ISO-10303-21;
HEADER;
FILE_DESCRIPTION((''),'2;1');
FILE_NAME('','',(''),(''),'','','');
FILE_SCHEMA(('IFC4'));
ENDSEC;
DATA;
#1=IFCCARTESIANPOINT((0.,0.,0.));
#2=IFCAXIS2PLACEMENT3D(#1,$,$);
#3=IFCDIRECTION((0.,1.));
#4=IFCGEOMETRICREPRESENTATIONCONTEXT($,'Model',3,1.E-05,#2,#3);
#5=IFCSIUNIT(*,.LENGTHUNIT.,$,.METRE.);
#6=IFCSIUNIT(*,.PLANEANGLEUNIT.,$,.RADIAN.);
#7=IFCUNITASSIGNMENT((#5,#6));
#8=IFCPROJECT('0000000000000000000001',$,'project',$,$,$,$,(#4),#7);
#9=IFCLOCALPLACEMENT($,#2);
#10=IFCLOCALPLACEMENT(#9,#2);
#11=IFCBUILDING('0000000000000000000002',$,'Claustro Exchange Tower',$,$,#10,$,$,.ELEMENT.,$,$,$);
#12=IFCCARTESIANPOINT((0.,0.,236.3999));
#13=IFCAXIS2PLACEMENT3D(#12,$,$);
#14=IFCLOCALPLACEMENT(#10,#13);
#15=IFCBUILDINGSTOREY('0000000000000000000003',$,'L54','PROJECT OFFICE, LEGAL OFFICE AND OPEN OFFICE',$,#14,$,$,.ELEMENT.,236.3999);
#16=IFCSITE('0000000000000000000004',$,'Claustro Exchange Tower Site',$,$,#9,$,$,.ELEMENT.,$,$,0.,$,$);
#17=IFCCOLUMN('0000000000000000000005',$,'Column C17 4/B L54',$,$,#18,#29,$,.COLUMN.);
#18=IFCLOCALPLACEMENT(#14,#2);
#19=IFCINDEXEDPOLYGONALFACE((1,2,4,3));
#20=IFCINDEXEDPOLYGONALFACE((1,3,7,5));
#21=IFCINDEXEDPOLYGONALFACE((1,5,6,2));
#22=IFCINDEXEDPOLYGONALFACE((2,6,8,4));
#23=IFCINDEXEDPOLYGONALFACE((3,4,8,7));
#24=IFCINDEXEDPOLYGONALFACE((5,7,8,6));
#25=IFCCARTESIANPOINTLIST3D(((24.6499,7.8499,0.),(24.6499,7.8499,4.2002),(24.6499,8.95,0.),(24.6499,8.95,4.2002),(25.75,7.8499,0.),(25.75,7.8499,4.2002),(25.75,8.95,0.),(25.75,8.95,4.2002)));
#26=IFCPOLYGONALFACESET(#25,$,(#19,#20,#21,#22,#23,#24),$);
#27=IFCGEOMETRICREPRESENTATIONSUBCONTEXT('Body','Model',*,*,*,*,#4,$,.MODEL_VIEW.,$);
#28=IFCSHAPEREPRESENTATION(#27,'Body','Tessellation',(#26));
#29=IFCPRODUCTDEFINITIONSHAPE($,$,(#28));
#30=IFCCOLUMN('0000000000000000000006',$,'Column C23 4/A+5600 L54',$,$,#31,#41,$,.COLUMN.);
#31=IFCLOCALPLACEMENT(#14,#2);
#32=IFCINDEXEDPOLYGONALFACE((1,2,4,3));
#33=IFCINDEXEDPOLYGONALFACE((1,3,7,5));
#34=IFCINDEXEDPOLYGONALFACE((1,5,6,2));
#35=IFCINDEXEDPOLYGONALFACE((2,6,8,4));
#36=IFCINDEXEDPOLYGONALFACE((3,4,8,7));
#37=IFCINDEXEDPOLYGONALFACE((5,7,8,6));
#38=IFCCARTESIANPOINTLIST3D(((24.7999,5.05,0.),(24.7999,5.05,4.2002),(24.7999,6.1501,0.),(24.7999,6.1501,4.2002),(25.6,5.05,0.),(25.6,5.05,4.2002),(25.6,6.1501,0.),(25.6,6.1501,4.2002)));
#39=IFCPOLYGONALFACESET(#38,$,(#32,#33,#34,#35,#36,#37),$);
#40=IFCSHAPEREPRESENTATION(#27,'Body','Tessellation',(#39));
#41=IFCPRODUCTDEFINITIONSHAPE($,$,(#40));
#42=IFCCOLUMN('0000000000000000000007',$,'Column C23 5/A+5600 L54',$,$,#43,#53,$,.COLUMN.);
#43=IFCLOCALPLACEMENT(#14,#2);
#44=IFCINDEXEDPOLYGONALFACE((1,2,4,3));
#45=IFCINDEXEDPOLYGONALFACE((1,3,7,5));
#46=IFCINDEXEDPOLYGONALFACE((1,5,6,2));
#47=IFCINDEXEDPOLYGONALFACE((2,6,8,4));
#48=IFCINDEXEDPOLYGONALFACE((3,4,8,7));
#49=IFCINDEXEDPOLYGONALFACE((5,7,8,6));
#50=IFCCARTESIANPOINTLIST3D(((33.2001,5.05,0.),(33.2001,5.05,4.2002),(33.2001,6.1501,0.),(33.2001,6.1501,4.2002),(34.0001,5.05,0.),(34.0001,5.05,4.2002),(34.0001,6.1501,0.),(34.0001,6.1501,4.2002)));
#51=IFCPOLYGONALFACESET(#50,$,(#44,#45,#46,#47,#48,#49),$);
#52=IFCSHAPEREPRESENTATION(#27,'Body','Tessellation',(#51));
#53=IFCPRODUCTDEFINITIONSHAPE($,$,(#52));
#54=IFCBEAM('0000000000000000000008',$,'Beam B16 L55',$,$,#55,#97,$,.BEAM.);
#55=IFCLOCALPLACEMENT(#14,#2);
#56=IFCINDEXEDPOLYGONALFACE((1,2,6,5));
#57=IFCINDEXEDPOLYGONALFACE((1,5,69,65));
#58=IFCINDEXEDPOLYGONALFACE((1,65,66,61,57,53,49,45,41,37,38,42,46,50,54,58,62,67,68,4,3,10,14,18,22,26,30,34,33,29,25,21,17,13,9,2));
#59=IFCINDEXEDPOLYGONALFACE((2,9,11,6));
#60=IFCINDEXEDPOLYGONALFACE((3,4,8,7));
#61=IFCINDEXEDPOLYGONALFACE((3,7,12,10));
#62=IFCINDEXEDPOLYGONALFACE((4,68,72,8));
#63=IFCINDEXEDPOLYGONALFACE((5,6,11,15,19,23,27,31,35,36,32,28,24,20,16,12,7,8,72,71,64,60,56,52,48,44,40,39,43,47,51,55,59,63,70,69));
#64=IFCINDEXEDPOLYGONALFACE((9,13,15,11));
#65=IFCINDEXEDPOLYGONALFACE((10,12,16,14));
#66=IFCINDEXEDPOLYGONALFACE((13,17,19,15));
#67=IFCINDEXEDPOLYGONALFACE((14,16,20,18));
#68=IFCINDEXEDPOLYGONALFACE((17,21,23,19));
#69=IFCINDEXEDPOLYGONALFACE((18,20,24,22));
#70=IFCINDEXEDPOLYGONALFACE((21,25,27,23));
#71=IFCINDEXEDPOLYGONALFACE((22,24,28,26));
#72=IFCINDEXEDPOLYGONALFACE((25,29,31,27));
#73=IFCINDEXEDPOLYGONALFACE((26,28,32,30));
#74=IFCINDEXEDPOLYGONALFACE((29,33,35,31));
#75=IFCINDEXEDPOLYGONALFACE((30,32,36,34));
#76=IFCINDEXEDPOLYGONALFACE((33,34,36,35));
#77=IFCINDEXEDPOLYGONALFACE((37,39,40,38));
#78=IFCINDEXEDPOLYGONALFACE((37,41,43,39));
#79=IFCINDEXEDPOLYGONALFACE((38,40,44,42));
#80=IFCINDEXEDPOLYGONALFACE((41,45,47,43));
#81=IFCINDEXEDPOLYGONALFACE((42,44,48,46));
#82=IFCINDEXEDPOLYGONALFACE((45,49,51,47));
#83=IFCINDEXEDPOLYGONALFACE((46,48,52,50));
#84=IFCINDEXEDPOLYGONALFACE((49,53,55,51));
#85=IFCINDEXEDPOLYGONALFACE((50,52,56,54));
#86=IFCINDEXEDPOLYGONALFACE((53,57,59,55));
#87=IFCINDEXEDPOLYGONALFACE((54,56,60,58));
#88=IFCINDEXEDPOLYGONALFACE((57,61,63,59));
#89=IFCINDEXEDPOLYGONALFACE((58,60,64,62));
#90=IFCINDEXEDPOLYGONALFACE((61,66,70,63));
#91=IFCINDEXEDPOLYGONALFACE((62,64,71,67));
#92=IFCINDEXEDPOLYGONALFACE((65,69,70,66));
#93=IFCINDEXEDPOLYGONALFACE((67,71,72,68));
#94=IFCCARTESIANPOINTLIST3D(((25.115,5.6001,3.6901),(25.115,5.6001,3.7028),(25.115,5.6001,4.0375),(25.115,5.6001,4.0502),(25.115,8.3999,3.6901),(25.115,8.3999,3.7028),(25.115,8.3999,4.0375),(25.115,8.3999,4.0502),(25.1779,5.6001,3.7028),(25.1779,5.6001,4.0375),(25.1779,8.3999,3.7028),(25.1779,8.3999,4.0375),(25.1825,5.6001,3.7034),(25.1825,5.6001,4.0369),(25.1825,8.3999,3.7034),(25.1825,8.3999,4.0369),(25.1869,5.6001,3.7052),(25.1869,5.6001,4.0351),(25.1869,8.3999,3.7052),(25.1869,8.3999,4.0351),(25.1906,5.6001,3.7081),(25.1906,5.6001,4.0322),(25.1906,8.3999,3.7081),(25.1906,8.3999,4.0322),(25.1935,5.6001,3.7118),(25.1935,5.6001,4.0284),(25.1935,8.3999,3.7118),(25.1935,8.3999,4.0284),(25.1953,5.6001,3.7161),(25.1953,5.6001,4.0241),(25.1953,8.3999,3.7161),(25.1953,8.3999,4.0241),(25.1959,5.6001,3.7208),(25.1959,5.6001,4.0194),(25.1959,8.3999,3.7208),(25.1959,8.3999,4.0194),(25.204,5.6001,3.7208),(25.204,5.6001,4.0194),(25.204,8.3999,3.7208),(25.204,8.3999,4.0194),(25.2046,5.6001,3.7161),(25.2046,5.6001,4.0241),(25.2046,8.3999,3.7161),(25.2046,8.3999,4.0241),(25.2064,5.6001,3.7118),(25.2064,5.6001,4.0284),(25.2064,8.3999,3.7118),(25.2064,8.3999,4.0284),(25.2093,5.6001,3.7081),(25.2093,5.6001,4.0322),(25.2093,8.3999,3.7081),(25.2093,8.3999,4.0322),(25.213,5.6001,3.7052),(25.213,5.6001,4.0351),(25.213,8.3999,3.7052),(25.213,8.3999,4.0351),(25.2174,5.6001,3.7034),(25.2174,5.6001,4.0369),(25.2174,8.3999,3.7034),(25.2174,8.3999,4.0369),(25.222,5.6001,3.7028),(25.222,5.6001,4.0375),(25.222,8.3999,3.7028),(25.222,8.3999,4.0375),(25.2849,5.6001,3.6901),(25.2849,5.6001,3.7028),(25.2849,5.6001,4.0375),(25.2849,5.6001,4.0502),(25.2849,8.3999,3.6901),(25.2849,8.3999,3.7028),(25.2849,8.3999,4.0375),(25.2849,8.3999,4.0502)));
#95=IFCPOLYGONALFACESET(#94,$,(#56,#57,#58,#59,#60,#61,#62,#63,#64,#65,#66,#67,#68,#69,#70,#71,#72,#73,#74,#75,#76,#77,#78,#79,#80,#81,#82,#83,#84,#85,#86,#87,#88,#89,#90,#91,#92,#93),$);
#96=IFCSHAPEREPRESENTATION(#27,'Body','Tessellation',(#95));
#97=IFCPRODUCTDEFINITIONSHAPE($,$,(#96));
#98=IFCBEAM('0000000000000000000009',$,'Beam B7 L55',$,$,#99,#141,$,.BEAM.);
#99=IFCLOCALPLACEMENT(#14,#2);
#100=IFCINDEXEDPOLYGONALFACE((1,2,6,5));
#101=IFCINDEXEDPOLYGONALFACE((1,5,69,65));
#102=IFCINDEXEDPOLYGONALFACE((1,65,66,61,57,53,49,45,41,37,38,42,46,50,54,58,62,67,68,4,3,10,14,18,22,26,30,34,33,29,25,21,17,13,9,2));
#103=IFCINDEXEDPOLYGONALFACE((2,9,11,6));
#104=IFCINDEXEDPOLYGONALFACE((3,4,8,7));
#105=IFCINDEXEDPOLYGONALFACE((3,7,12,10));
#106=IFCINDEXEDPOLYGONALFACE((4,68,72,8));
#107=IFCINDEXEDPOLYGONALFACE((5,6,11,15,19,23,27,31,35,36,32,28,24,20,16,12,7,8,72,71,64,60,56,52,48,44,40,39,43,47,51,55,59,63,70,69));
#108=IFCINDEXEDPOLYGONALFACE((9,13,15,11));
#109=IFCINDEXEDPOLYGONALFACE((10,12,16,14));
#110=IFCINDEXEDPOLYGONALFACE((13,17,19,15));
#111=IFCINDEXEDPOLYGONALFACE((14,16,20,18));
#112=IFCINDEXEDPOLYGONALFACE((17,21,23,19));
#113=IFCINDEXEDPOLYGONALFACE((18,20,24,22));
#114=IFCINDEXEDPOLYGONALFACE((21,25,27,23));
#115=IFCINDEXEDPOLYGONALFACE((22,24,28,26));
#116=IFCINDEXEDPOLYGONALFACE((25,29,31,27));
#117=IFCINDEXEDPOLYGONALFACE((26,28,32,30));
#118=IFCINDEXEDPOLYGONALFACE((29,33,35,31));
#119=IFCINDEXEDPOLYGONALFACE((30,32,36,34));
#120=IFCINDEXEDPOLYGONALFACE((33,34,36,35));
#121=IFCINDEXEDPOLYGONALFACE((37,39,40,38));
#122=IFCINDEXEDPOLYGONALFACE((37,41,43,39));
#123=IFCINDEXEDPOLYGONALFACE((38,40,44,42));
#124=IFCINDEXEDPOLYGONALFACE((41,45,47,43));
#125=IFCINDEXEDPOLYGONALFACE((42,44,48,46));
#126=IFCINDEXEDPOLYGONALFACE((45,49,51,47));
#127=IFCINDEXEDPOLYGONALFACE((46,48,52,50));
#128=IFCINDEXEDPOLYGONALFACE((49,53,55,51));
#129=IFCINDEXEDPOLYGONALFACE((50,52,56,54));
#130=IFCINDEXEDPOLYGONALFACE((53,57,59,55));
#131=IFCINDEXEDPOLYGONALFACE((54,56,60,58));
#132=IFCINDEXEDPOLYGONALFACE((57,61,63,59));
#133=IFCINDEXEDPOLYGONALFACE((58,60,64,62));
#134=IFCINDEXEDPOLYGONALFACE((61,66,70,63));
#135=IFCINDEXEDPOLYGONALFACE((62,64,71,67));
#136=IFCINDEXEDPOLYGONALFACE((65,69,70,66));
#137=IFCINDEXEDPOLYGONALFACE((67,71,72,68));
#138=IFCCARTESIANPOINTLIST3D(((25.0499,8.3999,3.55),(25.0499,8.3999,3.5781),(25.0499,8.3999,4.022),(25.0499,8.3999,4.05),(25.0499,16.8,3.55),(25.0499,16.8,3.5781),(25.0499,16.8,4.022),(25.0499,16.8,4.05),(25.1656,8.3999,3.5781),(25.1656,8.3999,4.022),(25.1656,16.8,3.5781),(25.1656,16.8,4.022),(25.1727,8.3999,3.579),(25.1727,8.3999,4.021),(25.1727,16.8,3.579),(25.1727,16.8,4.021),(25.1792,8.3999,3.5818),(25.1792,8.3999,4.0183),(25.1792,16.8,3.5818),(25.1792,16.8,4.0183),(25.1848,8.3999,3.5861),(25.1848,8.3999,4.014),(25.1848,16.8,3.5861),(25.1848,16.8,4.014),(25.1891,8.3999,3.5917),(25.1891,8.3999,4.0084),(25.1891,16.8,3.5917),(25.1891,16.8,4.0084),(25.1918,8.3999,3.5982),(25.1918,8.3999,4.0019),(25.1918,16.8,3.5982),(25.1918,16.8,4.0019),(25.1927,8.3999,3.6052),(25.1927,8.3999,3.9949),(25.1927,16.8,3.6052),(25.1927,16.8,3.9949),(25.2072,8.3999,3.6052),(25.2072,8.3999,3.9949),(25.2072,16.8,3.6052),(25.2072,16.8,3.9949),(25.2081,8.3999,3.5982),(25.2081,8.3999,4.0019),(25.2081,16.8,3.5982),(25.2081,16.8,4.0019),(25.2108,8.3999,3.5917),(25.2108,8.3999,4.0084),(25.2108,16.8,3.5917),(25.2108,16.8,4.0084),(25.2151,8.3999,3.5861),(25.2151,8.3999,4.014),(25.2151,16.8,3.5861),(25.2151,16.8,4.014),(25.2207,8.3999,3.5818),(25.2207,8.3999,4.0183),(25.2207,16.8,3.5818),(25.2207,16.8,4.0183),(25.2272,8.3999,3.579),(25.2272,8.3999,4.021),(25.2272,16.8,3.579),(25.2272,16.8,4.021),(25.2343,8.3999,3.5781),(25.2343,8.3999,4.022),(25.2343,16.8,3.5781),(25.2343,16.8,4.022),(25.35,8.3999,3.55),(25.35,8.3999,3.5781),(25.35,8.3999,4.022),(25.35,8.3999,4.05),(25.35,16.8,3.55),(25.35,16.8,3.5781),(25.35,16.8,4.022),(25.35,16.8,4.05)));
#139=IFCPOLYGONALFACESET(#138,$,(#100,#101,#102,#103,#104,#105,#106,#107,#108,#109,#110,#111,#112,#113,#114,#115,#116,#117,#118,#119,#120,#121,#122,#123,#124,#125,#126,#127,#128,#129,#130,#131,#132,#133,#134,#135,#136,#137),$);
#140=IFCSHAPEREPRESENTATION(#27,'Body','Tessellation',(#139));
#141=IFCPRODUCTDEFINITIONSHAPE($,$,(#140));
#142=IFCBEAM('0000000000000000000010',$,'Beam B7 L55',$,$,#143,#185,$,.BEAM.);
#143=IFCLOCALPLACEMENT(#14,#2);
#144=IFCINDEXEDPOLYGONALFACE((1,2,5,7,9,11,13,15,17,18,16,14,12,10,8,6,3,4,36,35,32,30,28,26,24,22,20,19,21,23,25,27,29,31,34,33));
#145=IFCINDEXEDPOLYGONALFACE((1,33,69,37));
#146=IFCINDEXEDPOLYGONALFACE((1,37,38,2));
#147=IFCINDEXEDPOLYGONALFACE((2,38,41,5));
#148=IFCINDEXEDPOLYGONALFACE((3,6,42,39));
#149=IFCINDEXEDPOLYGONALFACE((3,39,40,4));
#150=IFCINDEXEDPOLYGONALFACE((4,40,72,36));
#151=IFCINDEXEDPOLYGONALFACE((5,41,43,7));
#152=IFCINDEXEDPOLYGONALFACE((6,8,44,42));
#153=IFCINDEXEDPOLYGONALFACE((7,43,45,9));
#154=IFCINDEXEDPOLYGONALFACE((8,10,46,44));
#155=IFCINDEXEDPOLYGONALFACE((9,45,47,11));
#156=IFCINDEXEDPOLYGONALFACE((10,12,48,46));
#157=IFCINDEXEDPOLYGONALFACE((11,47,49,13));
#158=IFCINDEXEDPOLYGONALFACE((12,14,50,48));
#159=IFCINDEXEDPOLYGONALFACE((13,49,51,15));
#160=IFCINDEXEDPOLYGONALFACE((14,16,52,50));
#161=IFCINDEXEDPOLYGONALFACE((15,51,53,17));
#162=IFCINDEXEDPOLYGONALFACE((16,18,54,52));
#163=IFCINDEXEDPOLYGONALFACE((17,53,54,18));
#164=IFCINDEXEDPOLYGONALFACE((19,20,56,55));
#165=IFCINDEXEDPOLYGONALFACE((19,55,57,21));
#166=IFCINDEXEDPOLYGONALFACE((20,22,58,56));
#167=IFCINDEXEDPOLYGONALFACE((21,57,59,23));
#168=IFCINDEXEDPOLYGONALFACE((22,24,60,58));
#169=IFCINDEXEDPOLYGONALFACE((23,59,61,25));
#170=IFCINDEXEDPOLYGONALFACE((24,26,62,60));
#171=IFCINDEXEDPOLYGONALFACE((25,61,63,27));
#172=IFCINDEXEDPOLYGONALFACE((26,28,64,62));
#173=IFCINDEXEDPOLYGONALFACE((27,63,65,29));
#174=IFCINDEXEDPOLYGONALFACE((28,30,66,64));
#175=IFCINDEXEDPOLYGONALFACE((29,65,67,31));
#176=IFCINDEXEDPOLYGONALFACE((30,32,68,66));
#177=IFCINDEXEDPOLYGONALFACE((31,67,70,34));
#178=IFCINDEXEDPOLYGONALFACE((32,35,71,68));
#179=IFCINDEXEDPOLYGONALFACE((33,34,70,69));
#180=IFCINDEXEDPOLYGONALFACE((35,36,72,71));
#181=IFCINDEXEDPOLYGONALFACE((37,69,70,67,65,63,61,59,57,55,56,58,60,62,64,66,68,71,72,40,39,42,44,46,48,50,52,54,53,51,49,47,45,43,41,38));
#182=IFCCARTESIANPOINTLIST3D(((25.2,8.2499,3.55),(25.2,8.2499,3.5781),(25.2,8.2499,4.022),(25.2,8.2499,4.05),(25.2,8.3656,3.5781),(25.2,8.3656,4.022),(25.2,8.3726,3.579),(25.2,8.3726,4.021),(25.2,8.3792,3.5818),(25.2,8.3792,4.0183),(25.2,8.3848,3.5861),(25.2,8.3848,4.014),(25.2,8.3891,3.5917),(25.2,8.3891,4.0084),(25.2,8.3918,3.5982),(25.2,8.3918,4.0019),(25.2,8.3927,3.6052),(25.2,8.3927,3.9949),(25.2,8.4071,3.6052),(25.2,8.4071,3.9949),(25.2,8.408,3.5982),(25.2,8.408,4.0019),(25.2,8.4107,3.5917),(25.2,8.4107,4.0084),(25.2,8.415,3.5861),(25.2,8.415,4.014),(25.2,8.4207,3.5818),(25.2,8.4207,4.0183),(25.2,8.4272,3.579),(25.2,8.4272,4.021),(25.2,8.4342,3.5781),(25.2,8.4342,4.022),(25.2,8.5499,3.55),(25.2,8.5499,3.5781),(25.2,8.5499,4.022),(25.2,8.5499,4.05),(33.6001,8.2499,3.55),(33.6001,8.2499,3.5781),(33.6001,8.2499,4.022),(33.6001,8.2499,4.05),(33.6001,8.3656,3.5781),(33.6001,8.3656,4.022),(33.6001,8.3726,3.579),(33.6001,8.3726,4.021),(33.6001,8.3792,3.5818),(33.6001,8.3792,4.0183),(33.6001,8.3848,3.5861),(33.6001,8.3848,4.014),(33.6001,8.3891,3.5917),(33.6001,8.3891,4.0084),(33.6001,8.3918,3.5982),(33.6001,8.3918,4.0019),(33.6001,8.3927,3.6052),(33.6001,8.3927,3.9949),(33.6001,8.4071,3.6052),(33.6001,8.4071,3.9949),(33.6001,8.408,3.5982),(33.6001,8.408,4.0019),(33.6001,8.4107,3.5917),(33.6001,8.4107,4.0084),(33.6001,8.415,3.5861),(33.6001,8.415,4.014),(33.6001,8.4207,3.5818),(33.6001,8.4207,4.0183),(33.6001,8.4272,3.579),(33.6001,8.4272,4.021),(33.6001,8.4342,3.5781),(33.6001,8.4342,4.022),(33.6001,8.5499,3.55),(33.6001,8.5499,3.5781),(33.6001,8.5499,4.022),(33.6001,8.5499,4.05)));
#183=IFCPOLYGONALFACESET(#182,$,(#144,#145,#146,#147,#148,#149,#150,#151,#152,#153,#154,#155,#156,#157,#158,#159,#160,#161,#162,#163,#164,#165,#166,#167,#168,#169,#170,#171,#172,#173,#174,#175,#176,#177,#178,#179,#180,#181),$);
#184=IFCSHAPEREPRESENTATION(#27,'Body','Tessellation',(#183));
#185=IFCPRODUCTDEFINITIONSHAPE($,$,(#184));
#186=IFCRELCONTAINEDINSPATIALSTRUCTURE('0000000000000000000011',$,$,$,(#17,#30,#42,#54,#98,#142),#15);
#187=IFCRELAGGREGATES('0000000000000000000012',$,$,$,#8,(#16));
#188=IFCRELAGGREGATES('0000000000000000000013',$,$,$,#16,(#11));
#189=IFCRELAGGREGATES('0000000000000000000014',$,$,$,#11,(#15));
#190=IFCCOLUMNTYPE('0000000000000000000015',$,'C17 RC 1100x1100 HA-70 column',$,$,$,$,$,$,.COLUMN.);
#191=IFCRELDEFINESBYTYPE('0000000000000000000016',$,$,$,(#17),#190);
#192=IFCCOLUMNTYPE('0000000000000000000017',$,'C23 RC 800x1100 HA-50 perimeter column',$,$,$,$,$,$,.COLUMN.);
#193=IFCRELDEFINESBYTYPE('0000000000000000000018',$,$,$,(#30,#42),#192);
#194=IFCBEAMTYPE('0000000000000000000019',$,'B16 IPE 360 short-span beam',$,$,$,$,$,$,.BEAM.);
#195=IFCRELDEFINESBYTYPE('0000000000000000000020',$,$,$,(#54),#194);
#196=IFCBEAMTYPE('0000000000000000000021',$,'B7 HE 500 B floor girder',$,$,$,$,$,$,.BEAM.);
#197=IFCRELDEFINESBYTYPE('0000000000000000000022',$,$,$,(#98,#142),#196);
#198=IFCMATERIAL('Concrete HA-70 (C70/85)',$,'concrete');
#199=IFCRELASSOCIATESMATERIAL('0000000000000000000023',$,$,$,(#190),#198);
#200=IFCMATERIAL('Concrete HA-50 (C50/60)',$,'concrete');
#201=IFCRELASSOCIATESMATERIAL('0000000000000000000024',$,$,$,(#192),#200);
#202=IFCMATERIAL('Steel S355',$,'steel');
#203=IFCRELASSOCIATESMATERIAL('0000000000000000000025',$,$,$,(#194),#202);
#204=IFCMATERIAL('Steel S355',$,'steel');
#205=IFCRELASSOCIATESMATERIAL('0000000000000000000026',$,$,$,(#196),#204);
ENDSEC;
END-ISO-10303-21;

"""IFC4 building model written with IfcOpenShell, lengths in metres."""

from ifc_helpers import new_model, si_unit, direction, frame, origin, origin_2d, place, context, subcontext, project, spatial, rectangle, i_section, extrude, material, material_profile, profile_set, type_object, element, save


model = new_model("IFC4")

# Units and contexts
model_context = context("Model", 3, precision=1e-05, world=origin(), true_north=direction((0.0, 1.0)))
body_context = subcontext(model_context, "Body", "Model", "MODEL_VIEW")
ifc_project = project(units=[si_unit("LENGTHUNIT", "METRE"), si_unit("PLANEANGLEUNIT", "RADIAN")], contexts=[model_context])

# Site, building, storey
site_placement = place(None, origin())
site = spatial("IfcSite", under=ifc_project, at=site_placement, Name="Claustro Exchange Tower Site", CompositionType="ELEMENT", RefElevation=0.0)
building_placement = place(site_placement, origin())
building = spatial("IfcBuilding", under=site, at=building_placement, Name="Claustro Exchange Tower", CompositionType="ELEMENT")
storey_placement = place(building_placement, frame((0.0, 0.0, 236.3999)))
storey = spatial("IfcBuildingStorey", under=building, at=storey_placement, Name="L54", Description="PROJECT OFFICE, LEGAL OFFICE AND OPEN OFFICE", CompositionType="ELEMENT", Elevation=236.3999)

# Columns
ifc_material_1 = material(Name="Concrete HA-70 (C70/85)", Category="concrete")
ifc_material_profile_1 = material_profile(ifc_material_1, rectangle(XDim=1.1001, YDim=1.1001, at=origin_2d()), Name="RC 1100x1100")
ifc_profile_set_1 = profile_set([ifc_material_profile_1], Name="Concrete HA-70 (C70/85)")
column_type_1 = type_object("IfcColumnType", Name="C17 RC 1100x1100 HA-70 column", PredefinedType="COLUMN", material=ifc_profile_set_1)
column_placement = place(storey_placement, frame((25.2, 8.3999, 0.0), z_axis=(0.0, 0.0, 1.0), x_axis=(1.0, 0.0, 0.0)))
element("IfcColumn", 1, at=column_placement, inside=storey, type_object=column_type_1, Name="Column C17 4/B L54", PredefinedType="COLUMN", context=body_context, shape_type="SweptSolid", body=[
    extrude(rectangle(XDim=1.1001, YDim=1.1001, at=origin_2d()), origin(), (0.0, 0.0, 1.0), 4.2002),
])
ifc_material_2 = material(Name="Concrete HA-50 (C50/60)", Category="concrete")
ifc_material_profile_2 = material_profile(ifc_material_2, rectangle(XDim=0.8, YDim=1.1001, at=origin_2d()), Name="RC 800x1100")
ifc_profile_set_2 = profile_set([ifc_material_profile_2], Name="Concrete HA-50 (C50/60)")
column_type_2 = type_object("IfcColumnType", Name="C23 RC 800x1100 HA-50 perimeter column", PredefinedType="COLUMN", material=ifc_profile_set_2)
for number, where, z_axis, x_axis, name in (
    (2, (25.2, 5.6001, 0.0), (0.0, 0.0, 1.0), (1.0, 0.0, 0.0), "Column C23 4/A+5600 L54"),
    (3, (33.6001, 5.6001, 0.0), (0.0, 0.0, 1.0), (1.0, 0.0, 0.0), "Column C23 5/A+5600 L54"),
):
    element("IfcColumn", number, at=place(storey_placement, frame(where, z_axis=z_axis, x_axis=x_axis)), inside=storey, type_object=column_type_2, Name=name, PredefinedType="COLUMN", context=body_context, shape_type="SweptSolid", body=[
        extrude(rectangle(XDim=0.8, YDim=1.1001, at=origin_2d()), origin(), (0.0, 0.0, 1.0), 4.2002),
    ])

# Beams
ifc_material_3 = material(Name="Steel S355", Category="steel")
ifc_material_profile_3 = material_profile(ifc_material_3, i_section(OverallWidth=0.1699, OverallDepth=0.3601, WebThickness=0.0081, FlangeThickness=0.0127, FilletRadius=0.0181, at=origin_2d()), Name="IPE 360")
ifc_profile_set_3 = profile_set([ifc_material_profile_3], Name="Steel S355")
beam_type_1 = type_object("IfcBeamType", Name="B16 IPE 360 short-span beam", PredefinedType="BEAM", material=ifc_profile_set_3)
beam_1_placement = place(storey_placement, frame((25.2, 5.6001, 3.8701), z_axis=(0.0, 1.0, 0.0), x_axis=(-1.0, 0.0, 0.0)))
element("IfcBeam", 4, at=beam_1_placement, inside=storey, type_object=beam_type_1, Name="Beam B16 L55", PredefinedType="BEAM", context=body_context, shape_type="SweptSolid", body=[
    extrude(i_section(OverallWidth=0.1699, OverallDepth=0.3601, WebThickness=0.0081, FlangeThickness=0.0127, FilletRadius=0.0181, at=origin_2d()), origin(), (0.0, 0.0, 1.0), 2.7998),
])
ifc_material_4 = material(Name="Steel S355", Category="steel")
ifc_material_profile_4 = material_profile(ifc_material_4, i_section(OverallWidth=0.3, OverallDepth=0.5, WebThickness=0.0144, FlangeThickness=0.0281, FilletRadius=0.0271, at=origin_2d()), Name="HE 500 B")
ifc_profile_set_4 = profile_set([ifc_material_profile_4], Name="Steel S355")
beam_type_2 = type_object("IfcBeamType", Name="B7 HE 500 B floor girder", PredefinedType="BEAM", material=ifc_profile_set_4)
for number, where, z_axis, x_axis, name in (
    (5, (25.2, 8.3999, 3.8), (0.0, 1.0, 0.0), (-1.0, 0.0, 0.0), "Beam B7 L55"),
    (6, (25.2, 8.3999, 3.8), (1.0, 0.0, 0.0), (0.0, 1.0, 0.0), "Beam B7 L55"),
):
    element("IfcBeam", number, at=place(storey_placement, frame(where, z_axis=z_axis, x_axis=x_axis)), inside=storey, type_object=beam_type_2, Name=name, PredefinedType="BEAM", context=body_context, shape_type="SweptSolid", body=[
        extrude(i_section(OverallWidth=0.3, OverallDepth=0.5, WebThickness=0.0144, FlangeThickness=0.0281, FilletRadius=0.0271, at=origin_2d()), origin(), (0.0, 0.0, 1.0), 8.4001),
    ])

save(model, "model.ifc")
